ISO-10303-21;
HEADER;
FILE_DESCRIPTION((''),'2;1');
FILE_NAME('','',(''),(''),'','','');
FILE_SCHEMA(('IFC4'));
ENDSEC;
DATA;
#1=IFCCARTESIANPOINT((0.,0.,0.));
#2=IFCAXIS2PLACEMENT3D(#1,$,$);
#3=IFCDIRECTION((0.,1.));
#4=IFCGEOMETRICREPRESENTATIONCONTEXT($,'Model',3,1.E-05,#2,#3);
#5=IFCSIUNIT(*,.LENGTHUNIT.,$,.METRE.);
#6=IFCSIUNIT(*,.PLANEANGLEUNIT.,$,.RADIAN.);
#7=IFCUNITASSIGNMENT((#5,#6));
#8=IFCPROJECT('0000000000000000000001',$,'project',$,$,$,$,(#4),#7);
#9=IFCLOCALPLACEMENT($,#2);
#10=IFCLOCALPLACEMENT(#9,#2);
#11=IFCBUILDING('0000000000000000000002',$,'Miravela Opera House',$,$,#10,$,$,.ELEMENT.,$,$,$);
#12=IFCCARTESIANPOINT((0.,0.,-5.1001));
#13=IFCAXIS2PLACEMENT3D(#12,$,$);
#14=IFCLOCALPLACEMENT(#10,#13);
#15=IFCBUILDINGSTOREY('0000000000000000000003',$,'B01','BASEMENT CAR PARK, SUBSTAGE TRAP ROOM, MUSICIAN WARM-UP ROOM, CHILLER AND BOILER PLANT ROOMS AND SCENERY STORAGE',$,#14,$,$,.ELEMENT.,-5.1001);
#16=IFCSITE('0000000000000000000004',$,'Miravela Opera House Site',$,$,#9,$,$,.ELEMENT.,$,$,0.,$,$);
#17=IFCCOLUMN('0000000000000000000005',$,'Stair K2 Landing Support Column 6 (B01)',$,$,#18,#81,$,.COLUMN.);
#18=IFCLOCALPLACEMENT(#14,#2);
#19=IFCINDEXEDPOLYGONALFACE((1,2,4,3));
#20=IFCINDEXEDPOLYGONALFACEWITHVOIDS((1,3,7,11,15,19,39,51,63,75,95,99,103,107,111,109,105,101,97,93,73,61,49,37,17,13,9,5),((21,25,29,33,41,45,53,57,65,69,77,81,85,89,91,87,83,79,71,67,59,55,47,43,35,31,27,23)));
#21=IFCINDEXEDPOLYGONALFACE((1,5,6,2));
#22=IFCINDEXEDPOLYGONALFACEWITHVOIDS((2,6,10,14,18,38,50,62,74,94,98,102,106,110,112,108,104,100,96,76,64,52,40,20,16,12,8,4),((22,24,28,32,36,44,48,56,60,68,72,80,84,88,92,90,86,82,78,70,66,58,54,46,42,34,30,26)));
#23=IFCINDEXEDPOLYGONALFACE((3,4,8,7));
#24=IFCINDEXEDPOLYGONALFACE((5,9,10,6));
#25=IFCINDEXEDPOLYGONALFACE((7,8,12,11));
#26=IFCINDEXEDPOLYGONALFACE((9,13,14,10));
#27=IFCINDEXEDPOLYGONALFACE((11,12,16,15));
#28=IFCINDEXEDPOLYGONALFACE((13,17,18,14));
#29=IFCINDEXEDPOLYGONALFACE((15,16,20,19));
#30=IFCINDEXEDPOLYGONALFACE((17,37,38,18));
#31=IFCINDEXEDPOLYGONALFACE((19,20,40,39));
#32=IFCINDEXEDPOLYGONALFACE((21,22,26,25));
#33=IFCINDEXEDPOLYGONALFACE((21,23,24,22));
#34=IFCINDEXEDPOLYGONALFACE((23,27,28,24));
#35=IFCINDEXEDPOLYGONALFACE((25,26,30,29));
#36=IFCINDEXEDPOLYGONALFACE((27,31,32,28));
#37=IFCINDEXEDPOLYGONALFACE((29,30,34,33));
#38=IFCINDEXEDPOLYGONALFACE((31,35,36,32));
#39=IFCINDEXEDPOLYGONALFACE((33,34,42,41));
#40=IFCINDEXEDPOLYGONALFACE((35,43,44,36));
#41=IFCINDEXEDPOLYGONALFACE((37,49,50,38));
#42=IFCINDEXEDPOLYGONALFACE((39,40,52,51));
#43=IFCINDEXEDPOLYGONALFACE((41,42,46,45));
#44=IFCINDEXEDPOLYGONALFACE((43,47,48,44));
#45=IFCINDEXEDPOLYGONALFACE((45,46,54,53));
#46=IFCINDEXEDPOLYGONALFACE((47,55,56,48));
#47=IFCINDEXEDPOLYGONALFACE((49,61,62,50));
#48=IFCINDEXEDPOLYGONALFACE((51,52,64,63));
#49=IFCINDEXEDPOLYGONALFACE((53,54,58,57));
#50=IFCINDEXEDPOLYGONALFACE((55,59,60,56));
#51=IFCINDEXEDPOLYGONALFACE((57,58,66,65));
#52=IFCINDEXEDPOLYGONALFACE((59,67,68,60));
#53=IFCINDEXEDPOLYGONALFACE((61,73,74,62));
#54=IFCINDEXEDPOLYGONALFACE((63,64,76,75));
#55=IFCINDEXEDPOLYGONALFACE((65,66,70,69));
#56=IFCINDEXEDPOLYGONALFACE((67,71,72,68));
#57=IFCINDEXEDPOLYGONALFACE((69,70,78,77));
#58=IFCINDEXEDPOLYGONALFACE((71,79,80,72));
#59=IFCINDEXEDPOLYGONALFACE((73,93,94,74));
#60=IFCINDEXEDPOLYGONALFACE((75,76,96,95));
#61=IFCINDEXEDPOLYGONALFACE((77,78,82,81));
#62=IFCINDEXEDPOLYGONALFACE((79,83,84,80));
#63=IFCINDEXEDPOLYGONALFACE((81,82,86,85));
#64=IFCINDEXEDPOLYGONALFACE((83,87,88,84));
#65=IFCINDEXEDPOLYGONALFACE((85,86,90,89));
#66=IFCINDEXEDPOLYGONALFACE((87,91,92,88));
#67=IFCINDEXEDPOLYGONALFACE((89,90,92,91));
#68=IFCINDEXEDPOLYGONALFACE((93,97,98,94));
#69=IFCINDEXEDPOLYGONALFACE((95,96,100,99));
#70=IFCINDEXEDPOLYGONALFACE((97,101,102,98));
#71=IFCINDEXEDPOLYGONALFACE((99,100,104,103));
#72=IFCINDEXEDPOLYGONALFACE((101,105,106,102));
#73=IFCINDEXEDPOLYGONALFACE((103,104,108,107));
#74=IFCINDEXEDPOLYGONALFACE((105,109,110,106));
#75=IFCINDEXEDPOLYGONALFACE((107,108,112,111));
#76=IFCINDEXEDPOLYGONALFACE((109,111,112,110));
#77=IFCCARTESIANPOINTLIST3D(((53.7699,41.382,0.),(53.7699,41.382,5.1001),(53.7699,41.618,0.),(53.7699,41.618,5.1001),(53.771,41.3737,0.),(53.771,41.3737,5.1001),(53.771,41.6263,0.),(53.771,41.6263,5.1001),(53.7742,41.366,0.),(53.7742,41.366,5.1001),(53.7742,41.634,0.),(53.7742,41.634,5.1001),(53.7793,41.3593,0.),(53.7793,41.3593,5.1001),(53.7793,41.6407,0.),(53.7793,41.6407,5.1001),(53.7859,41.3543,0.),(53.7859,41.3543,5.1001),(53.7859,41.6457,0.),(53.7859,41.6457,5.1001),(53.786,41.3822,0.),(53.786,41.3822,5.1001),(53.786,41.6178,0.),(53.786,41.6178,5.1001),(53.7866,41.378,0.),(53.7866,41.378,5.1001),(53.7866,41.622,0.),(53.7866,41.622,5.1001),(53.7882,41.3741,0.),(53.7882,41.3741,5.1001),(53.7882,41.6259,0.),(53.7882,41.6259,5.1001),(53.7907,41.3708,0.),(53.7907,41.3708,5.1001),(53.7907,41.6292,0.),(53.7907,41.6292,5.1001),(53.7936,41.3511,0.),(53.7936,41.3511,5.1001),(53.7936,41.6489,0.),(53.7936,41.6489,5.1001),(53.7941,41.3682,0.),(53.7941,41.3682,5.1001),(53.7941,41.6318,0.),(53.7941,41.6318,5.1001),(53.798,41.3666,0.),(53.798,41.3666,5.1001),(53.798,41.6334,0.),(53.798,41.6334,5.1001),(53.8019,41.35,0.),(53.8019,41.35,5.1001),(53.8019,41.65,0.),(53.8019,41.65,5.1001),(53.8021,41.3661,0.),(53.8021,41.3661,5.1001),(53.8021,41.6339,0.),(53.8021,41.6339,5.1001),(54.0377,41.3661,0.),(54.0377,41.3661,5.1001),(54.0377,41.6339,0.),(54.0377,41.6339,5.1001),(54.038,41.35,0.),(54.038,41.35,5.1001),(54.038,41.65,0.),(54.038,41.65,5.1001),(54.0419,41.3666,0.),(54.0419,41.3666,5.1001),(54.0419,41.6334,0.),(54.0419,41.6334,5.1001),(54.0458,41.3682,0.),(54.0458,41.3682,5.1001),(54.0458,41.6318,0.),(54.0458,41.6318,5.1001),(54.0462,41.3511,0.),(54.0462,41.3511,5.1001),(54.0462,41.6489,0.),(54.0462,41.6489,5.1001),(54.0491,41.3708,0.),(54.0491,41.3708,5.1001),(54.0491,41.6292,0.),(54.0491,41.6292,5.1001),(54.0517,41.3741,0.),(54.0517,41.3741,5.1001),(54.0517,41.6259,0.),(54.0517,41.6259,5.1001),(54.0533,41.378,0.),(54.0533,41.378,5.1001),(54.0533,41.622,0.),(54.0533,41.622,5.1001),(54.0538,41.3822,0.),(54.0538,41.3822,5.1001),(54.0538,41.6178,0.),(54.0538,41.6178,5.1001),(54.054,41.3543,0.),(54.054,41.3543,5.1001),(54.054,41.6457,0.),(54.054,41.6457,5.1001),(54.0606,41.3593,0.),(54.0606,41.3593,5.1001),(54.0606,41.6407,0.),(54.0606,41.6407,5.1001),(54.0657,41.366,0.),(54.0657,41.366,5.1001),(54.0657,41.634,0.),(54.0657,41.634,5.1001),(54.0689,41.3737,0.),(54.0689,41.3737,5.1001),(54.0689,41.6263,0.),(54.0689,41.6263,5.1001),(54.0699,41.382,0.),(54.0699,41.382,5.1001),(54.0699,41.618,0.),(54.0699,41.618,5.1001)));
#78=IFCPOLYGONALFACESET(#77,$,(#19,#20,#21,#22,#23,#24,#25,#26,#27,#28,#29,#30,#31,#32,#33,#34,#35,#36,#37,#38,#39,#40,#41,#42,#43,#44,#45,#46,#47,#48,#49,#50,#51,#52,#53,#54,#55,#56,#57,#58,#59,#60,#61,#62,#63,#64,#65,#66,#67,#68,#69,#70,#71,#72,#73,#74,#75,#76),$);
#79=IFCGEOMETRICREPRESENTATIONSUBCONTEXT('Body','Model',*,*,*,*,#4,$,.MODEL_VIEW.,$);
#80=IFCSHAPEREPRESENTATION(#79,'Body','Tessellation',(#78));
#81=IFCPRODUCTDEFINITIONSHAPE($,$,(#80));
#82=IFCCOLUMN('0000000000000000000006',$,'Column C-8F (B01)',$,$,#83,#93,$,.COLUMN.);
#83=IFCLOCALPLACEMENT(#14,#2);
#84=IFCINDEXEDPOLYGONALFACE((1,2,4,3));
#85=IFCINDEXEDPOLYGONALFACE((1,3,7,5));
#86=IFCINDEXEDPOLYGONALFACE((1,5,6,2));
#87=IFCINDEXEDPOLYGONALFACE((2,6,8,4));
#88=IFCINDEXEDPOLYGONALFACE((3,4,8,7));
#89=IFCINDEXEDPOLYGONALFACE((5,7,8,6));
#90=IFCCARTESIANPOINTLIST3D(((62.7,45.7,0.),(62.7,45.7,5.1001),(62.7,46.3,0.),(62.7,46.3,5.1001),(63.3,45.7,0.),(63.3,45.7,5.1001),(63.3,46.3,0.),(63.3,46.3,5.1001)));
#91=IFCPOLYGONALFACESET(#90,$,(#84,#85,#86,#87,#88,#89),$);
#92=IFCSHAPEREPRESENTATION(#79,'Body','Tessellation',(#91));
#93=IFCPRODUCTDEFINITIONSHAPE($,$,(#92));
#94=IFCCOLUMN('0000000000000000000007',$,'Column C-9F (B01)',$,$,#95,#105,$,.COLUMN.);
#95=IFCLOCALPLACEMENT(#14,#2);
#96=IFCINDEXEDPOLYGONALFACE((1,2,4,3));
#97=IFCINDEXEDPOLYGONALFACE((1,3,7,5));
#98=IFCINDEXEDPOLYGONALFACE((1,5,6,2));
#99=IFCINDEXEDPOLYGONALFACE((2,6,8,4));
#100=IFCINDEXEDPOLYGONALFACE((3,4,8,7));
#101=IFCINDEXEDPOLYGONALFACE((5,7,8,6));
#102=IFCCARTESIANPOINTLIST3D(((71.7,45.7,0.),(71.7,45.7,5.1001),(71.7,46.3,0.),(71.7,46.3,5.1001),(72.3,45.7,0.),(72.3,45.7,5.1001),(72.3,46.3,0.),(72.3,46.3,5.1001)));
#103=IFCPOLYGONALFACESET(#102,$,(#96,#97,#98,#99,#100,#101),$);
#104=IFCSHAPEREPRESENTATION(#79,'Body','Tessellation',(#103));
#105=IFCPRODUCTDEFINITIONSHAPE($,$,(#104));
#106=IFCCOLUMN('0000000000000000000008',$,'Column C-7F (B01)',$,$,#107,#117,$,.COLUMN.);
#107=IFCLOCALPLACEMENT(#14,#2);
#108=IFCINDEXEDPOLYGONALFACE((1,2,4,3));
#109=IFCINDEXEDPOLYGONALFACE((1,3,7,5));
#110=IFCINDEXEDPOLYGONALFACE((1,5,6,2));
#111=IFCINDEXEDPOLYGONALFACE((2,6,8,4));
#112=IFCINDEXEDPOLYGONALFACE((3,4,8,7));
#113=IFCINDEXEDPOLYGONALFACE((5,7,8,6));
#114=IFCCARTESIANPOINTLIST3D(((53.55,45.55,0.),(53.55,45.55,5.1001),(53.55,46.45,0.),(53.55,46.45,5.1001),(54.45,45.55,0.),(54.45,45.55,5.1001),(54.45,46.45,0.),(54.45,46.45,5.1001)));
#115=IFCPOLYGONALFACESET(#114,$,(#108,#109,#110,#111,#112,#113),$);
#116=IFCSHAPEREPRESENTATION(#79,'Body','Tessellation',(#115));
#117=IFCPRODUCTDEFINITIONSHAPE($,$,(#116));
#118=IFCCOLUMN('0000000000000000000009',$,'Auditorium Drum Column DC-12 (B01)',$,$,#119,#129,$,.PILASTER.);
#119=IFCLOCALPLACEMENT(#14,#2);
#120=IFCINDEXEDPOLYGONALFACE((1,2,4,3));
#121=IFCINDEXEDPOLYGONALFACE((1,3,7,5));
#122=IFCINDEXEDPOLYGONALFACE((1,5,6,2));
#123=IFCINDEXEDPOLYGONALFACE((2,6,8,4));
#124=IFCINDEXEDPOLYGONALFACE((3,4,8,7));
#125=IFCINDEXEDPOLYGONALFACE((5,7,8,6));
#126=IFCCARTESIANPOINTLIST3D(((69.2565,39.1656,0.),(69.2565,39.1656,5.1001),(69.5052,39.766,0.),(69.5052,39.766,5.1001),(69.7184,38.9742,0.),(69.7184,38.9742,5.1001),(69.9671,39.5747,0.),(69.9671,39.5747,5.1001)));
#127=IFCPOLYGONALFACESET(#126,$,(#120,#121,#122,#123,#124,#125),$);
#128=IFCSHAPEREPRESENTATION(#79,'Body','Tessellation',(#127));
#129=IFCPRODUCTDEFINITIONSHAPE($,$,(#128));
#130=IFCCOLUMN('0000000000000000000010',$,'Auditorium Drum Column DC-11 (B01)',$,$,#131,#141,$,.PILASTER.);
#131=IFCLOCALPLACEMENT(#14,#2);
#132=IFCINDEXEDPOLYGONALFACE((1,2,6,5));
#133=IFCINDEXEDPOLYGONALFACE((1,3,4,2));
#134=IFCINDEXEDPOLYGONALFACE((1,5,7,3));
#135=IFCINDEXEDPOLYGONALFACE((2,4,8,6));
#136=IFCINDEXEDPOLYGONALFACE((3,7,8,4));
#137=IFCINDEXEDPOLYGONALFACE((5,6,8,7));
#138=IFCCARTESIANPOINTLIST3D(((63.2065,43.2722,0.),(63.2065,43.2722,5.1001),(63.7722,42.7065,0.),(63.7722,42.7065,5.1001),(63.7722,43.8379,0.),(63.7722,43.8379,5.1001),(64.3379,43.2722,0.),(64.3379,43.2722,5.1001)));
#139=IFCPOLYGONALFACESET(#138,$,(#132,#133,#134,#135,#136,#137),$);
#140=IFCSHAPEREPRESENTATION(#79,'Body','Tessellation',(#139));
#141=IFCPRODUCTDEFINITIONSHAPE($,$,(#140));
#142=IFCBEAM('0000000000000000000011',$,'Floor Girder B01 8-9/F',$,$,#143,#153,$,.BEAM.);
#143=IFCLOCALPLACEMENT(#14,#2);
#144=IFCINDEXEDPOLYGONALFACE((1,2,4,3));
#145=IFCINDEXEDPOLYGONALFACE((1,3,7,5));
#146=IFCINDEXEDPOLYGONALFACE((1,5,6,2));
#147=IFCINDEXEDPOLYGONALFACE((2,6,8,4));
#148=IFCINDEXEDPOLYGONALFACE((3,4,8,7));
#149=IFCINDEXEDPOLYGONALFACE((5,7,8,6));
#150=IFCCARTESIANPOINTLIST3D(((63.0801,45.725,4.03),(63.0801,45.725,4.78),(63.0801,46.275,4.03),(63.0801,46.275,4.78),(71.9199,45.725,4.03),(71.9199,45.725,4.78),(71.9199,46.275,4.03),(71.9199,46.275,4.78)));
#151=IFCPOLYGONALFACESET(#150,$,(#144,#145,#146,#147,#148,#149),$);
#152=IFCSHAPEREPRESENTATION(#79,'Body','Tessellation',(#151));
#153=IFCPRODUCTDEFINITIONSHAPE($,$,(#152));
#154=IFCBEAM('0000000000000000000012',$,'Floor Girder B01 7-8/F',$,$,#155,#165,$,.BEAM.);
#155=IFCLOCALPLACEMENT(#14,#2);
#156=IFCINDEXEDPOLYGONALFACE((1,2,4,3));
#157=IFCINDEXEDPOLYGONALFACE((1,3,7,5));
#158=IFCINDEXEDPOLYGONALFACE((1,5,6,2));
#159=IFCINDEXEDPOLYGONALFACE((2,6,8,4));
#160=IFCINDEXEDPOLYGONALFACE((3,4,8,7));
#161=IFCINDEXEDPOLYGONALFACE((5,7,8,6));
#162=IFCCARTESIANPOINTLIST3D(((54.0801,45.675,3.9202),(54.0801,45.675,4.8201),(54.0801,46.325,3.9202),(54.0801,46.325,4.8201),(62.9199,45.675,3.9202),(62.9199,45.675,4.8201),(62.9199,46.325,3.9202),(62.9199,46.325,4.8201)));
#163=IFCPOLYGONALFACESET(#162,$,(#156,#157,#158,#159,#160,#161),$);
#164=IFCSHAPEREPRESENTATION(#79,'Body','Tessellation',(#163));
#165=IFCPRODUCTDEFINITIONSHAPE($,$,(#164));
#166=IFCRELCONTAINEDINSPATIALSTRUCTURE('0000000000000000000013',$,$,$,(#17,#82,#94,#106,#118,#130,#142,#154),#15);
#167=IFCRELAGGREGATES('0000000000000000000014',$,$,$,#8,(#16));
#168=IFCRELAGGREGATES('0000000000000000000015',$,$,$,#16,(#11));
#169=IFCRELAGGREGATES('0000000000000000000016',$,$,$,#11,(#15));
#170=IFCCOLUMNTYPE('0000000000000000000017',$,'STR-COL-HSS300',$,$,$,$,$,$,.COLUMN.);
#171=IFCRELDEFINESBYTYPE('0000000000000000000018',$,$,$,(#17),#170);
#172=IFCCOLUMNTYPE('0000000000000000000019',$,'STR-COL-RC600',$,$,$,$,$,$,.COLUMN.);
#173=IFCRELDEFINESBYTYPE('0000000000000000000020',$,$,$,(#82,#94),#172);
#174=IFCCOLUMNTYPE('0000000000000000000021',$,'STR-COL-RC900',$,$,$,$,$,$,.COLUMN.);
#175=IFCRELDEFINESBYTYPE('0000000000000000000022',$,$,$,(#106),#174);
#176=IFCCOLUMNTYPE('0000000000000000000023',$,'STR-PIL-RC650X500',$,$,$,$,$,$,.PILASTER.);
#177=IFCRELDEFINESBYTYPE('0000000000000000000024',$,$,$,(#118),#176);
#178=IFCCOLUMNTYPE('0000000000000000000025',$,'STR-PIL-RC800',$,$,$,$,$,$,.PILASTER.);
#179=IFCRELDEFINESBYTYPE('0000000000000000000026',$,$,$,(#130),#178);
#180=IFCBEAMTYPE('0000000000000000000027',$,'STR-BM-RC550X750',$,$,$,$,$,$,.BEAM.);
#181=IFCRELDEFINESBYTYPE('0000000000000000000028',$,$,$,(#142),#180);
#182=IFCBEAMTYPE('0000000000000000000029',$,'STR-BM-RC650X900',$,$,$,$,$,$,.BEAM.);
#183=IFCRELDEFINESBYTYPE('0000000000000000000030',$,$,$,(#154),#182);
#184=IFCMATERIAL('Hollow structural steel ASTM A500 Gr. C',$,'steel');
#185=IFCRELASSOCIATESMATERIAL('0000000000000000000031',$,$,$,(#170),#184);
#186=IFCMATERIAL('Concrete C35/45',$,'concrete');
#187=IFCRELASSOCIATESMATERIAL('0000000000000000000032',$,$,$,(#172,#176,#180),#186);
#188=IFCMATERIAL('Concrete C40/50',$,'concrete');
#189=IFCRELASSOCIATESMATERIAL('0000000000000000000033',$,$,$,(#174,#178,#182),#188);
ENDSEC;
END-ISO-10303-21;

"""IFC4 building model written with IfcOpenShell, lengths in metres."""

from ifc_helpers import new_model, si_unit, direction, frame, origin, origin_2d, place, context, subcontext, project, spatial, rectangle, hollow_rectangle, extrude, material, material_profile, profile_set, type_object, element, save


model = new_model("IFC4")

# Units and contexts
model_context = context("Model", 3, precision=1e-05, world=origin(), true_north=direction((0.0, 1.0)))
body_context = subcontext(model_context, "Body", "Model", "MODEL_VIEW")
ifc_project = project(units=[si_unit("LENGTHUNIT", "METRE"), si_unit("PLANEANGLEUNIT", "RADIAN")], contexts=[model_context])

# Site, building, storey
site_placement = place(None, origin())
site = spatial("IfcSite", under=ifc_project, at=site_placement, Name="Miravela Opera House Site", CompositionType="ELEMENT", RefElevation=0.0)
building_placement = place(site_placement, origin())
building = spatial("IfcBuilding", under=site, at=building_placement, Name="Miravela Opera House", CompositionType="ELEMENT")
storey_placement = place(building_placement, frame((0.0, 0.0, -5.1001)))
storey = spatial("IfcBuildingStorey", under=building, at=storey_placement, Name="B01", Description="BASEMENT CAR PARK, SUBSTAGE TRAP ROOM, MUSICIAN WARM-UP ROOM, CHILLER AND BOILER PLANT ROOMS AND SCENERY STORAGE", CompositionType="ELEMENT", Elevation=-5.1001)

# Shared definitions
ifc_material_1 = material(Name="Concrete C35/45", Category="concrete")

# Columns
ifc_material_2 = material(Name="Hollow structural steel ASTM A500 Gr. C", Category="steel")
ifc_material_profile_1 = material_profile(ifc_material_2, hollow_rectangle(XDim=0.3, YDim=0.3, WallThickness=0.0161, InnerFilletRadius=0.0161, OuterFilletRadius=0.032, at=origin_2d()), Name="HSS300X300X16")
ifc_profile_set_1 = profile_set([ifc_material_profile_1])
column_type_1 = type_object("IfcColumnType", Name="STR-COL-HSS300", PredefinedType="COLUMN", material=ifc_profile_set_1)
column_1_placement = place(storey_placement, frame((53.9199, 41.5, 0.0), z_axis=(0.0, 0.0, 1.0), x_axis=(1.0, 0.0, 0.0)))
element("IfcColumn", 1, at=column_1_placement, inside=storey, type_object=column_type_1, Name="Stair K2 Landing Support Column 6 (B01)", PredefinedType="COLUMN", context=body_context, shape_type="SweptSolid", body=[
    extrude(hollow_rectangle(XDim=0.3, YDim=0.3, WallThickness=0.0161, InnerFilletRadius=0.0161, OuterFilletRadius=0.032, at=origin_2d()), origin(), (0.0, 0.0, 1.0), 5.1001),
])
ifc_material_profile_2 = material_profile(ifc_material_1, rectangle(XDim=0.6001, YDim=0.6001, at=origin_2d()), Name="RC-COL-600X600")
ifc_profile_set_2 = profile_set([ifc_material_profile_2])
column_type_2 = type_object("IfcColumnType", Name="STR-COL-RC600", PredefinedType="COLUMN", material=ifc_profile_set_2)
for number, where, z_axis, x_axis, name in (
    (2, (63.0, 46.0, 0.0), (0.0, 0.0, 1.0), (1.0, 0.0, 0.0), "Column C-8F (B01)"),
    (3, (72.0, 46.0, 0.0), (0.0, 0.0, 1.0), (1.0, 0.0, 0.0), "Column C-9F (B01)"),
):
    element("IfcColumn", number, at=place(storey_placement, frame(where, z_axis=z_axis, x_axis=x_axis)), inside=storey, type_object=column_type_2, Name=name, PredefinedType="COLUMN", context=body_context, shape_type="SweptSolid", body=[
        extrude(rectangle(XDim=0.6001, YDim=0.6001, at=origin_2d()), origin(), (0.0, 0.0, 1.0), 5.1001),
    ])
ifc_material_3 = material(Name="Concrete C40/50", Category="concrete")
ifc_material_profile_3 = material_profile(ifc_material_3, rectangle(XDim=0.8999, YDim=0.8999, at=origin_2d()), Name="RC-COL-900X900")
ifc_profile_set_3 = profile_set([ifc_material_profile_3])
column_type_3 = type_object("IfcColumnType", Name="STR-COL-RC900", PredefinedType="COLUMN", material=ifc_profile_set_3)
column_2_placement = place(storey_placement, frame((54.0, 46.0, 0.0), z_axis=(0.0, 0.0, 1.0), x_axis=(1.0, 0.0, 0.0)))
element("IfcColumn", 4, at=column_2_placement, inside=storey, type_object=column_type_3, Name="Column C-7F (B01)", PredefinedType="COLUMN", context=body_context, shape_type="SweptSolid", body=[
    extrude(rectangle(XDim=0.8999, YDim=0.8999, at=origin_2d()), origin(), (0.0, 0.0, 1.0), 5.1001),
])
ifc_material_profile_4 = material_profile(ifc_material_1, rectangle(XDim=0.6499, YDim=0.5, at=origin_2d()), Name="RC-PIL-650X500")
ifc_profile_set_4 = profile_set([ifc_material_profile_4])
column_type_4 = type_object("IfcColumnType", Name="STR-PIL-RC650X500", PredefinedType="PILASTER", material=ifc_profile_set_4)
column_3_placement = place(storey_placement, frame((69.6118, 39.3701, 0.0), z_axis=(0.0, 0.0, 1.0), x_axis=(-0.382683, -0.92388, 0.0)))
element("IfcColumn", 5, at=column_3_placement, inside=storey, type_object=column_type_4, Name="Auditorium Drum Column DC-12 (B01)", PredefinedType="PILASTER", context=body_context, shape_type="SweptSolid", body=[
    extrude(rectangle(XDim=0.6499, YDim=0.5, at=origin_2d()), origin(), (0.0, 0.0, 1.0), 5.1001),
])
ifc_material_profile_5 = material_profile(ifc_material_3, rectangle(XDim=0.8, YDim=0.8, at=origin_2d()), Name="RC-COL-800X800")
ifc_profile_set_5 = profile_set([ifc_material_profile_5])
column_type_5 = type_object("IfcColumnType", Name="STR-PIL-RC800", PredefinedType="PILASTER", material=ifc_profile_set_5)
column_4_placement = place(storey_placement, frame((63.7722, 43.2722, 0.0), z_axis=(0.0, 0.0, 1.0), x_axis=(-0.707107, -0.707107, 0.0)))
element("IfcColumn", 6, at=column_4_placement, inside=storey, type_object=column_type_5, Name="Auditorium Drum Column DC-11 (B01)", PredefinedType="PILASTER", context=body_context, shape_type="SweptSolid", body=[
    extrude(rectangle(XDim=0.8, YDim=0.8, at=origin_2d()), origin(), (0.0, 0.0, 1.0), 5.1001),
])

# Beams
ifc_material_profile_6 = material_profile(ifc_material_1, rectangle(XDim=0.55, YDim=0.75, at=origin_2d()), Name="RC-BM-550X750")
ifc_profile_set_6 = profile_set([ifc_material_profile_6])
beam_type_1 = type_object("IfcBeamType", Name="STR-BM-RC550X750", PredefinedType="BEAM", material=ifc_profile_set_6)
beam_1_placement = place(storey_placement, frame((63.0801, 46.0, 4.405), z_axis=(1.0, 0.0, 0.0), x_axis=(0.0, 1.0, 0.0)))
element("IfcBeam", 7, at=beam_1_placement, inside=storey, type_object=beam_type_1, Name="Floor Girder B01 8-9/F", PredefinedType="BEAM", context=body_context, shape_type="SweptSolid", body=[
    extrude(rectangle(XDim=0.55, YDim=0.75, at=origin_2d()), origin(), (0.0, 0.0, 1.0), 8.8398),
])
ifc_material_profile_7 = material_profile(ifc_material_3, rectangle(XDim=0.6499, YDim=0.8999, at=origin_2d()), Name="RC-BM-650X900")
ifc_profile_set_7 = profile_set([ifc_material_profile_7])
beam_type_2 = type_object("IfcBeamType", Name="STR-BM-RC650X900", PredefinedType="BEAM", material=ifc_profile_set_7)
beam_2_placement = place(storey_placement, frame((54.0801, 46.0, 4.3701), z_axis=(1.0, 0.0, 0.0), x_axis=(0.0, 1.0, 0.0)))
element("IfcBeam", 8, at=beam_2_placement, inside=storey, type_object=beam_type_2, Name="Floor Girder B01 7-8/F", PredefinedType="BEAM", context=body_context, shape_type="SweptSolid", body=[
    extrude(rectangle(XDim=0.6499, YDim=0.8999, at=origin_2d()), origin(), (0.0, 0.0, 1.0), 8.8398),
])

save(model, "model.ifc")
